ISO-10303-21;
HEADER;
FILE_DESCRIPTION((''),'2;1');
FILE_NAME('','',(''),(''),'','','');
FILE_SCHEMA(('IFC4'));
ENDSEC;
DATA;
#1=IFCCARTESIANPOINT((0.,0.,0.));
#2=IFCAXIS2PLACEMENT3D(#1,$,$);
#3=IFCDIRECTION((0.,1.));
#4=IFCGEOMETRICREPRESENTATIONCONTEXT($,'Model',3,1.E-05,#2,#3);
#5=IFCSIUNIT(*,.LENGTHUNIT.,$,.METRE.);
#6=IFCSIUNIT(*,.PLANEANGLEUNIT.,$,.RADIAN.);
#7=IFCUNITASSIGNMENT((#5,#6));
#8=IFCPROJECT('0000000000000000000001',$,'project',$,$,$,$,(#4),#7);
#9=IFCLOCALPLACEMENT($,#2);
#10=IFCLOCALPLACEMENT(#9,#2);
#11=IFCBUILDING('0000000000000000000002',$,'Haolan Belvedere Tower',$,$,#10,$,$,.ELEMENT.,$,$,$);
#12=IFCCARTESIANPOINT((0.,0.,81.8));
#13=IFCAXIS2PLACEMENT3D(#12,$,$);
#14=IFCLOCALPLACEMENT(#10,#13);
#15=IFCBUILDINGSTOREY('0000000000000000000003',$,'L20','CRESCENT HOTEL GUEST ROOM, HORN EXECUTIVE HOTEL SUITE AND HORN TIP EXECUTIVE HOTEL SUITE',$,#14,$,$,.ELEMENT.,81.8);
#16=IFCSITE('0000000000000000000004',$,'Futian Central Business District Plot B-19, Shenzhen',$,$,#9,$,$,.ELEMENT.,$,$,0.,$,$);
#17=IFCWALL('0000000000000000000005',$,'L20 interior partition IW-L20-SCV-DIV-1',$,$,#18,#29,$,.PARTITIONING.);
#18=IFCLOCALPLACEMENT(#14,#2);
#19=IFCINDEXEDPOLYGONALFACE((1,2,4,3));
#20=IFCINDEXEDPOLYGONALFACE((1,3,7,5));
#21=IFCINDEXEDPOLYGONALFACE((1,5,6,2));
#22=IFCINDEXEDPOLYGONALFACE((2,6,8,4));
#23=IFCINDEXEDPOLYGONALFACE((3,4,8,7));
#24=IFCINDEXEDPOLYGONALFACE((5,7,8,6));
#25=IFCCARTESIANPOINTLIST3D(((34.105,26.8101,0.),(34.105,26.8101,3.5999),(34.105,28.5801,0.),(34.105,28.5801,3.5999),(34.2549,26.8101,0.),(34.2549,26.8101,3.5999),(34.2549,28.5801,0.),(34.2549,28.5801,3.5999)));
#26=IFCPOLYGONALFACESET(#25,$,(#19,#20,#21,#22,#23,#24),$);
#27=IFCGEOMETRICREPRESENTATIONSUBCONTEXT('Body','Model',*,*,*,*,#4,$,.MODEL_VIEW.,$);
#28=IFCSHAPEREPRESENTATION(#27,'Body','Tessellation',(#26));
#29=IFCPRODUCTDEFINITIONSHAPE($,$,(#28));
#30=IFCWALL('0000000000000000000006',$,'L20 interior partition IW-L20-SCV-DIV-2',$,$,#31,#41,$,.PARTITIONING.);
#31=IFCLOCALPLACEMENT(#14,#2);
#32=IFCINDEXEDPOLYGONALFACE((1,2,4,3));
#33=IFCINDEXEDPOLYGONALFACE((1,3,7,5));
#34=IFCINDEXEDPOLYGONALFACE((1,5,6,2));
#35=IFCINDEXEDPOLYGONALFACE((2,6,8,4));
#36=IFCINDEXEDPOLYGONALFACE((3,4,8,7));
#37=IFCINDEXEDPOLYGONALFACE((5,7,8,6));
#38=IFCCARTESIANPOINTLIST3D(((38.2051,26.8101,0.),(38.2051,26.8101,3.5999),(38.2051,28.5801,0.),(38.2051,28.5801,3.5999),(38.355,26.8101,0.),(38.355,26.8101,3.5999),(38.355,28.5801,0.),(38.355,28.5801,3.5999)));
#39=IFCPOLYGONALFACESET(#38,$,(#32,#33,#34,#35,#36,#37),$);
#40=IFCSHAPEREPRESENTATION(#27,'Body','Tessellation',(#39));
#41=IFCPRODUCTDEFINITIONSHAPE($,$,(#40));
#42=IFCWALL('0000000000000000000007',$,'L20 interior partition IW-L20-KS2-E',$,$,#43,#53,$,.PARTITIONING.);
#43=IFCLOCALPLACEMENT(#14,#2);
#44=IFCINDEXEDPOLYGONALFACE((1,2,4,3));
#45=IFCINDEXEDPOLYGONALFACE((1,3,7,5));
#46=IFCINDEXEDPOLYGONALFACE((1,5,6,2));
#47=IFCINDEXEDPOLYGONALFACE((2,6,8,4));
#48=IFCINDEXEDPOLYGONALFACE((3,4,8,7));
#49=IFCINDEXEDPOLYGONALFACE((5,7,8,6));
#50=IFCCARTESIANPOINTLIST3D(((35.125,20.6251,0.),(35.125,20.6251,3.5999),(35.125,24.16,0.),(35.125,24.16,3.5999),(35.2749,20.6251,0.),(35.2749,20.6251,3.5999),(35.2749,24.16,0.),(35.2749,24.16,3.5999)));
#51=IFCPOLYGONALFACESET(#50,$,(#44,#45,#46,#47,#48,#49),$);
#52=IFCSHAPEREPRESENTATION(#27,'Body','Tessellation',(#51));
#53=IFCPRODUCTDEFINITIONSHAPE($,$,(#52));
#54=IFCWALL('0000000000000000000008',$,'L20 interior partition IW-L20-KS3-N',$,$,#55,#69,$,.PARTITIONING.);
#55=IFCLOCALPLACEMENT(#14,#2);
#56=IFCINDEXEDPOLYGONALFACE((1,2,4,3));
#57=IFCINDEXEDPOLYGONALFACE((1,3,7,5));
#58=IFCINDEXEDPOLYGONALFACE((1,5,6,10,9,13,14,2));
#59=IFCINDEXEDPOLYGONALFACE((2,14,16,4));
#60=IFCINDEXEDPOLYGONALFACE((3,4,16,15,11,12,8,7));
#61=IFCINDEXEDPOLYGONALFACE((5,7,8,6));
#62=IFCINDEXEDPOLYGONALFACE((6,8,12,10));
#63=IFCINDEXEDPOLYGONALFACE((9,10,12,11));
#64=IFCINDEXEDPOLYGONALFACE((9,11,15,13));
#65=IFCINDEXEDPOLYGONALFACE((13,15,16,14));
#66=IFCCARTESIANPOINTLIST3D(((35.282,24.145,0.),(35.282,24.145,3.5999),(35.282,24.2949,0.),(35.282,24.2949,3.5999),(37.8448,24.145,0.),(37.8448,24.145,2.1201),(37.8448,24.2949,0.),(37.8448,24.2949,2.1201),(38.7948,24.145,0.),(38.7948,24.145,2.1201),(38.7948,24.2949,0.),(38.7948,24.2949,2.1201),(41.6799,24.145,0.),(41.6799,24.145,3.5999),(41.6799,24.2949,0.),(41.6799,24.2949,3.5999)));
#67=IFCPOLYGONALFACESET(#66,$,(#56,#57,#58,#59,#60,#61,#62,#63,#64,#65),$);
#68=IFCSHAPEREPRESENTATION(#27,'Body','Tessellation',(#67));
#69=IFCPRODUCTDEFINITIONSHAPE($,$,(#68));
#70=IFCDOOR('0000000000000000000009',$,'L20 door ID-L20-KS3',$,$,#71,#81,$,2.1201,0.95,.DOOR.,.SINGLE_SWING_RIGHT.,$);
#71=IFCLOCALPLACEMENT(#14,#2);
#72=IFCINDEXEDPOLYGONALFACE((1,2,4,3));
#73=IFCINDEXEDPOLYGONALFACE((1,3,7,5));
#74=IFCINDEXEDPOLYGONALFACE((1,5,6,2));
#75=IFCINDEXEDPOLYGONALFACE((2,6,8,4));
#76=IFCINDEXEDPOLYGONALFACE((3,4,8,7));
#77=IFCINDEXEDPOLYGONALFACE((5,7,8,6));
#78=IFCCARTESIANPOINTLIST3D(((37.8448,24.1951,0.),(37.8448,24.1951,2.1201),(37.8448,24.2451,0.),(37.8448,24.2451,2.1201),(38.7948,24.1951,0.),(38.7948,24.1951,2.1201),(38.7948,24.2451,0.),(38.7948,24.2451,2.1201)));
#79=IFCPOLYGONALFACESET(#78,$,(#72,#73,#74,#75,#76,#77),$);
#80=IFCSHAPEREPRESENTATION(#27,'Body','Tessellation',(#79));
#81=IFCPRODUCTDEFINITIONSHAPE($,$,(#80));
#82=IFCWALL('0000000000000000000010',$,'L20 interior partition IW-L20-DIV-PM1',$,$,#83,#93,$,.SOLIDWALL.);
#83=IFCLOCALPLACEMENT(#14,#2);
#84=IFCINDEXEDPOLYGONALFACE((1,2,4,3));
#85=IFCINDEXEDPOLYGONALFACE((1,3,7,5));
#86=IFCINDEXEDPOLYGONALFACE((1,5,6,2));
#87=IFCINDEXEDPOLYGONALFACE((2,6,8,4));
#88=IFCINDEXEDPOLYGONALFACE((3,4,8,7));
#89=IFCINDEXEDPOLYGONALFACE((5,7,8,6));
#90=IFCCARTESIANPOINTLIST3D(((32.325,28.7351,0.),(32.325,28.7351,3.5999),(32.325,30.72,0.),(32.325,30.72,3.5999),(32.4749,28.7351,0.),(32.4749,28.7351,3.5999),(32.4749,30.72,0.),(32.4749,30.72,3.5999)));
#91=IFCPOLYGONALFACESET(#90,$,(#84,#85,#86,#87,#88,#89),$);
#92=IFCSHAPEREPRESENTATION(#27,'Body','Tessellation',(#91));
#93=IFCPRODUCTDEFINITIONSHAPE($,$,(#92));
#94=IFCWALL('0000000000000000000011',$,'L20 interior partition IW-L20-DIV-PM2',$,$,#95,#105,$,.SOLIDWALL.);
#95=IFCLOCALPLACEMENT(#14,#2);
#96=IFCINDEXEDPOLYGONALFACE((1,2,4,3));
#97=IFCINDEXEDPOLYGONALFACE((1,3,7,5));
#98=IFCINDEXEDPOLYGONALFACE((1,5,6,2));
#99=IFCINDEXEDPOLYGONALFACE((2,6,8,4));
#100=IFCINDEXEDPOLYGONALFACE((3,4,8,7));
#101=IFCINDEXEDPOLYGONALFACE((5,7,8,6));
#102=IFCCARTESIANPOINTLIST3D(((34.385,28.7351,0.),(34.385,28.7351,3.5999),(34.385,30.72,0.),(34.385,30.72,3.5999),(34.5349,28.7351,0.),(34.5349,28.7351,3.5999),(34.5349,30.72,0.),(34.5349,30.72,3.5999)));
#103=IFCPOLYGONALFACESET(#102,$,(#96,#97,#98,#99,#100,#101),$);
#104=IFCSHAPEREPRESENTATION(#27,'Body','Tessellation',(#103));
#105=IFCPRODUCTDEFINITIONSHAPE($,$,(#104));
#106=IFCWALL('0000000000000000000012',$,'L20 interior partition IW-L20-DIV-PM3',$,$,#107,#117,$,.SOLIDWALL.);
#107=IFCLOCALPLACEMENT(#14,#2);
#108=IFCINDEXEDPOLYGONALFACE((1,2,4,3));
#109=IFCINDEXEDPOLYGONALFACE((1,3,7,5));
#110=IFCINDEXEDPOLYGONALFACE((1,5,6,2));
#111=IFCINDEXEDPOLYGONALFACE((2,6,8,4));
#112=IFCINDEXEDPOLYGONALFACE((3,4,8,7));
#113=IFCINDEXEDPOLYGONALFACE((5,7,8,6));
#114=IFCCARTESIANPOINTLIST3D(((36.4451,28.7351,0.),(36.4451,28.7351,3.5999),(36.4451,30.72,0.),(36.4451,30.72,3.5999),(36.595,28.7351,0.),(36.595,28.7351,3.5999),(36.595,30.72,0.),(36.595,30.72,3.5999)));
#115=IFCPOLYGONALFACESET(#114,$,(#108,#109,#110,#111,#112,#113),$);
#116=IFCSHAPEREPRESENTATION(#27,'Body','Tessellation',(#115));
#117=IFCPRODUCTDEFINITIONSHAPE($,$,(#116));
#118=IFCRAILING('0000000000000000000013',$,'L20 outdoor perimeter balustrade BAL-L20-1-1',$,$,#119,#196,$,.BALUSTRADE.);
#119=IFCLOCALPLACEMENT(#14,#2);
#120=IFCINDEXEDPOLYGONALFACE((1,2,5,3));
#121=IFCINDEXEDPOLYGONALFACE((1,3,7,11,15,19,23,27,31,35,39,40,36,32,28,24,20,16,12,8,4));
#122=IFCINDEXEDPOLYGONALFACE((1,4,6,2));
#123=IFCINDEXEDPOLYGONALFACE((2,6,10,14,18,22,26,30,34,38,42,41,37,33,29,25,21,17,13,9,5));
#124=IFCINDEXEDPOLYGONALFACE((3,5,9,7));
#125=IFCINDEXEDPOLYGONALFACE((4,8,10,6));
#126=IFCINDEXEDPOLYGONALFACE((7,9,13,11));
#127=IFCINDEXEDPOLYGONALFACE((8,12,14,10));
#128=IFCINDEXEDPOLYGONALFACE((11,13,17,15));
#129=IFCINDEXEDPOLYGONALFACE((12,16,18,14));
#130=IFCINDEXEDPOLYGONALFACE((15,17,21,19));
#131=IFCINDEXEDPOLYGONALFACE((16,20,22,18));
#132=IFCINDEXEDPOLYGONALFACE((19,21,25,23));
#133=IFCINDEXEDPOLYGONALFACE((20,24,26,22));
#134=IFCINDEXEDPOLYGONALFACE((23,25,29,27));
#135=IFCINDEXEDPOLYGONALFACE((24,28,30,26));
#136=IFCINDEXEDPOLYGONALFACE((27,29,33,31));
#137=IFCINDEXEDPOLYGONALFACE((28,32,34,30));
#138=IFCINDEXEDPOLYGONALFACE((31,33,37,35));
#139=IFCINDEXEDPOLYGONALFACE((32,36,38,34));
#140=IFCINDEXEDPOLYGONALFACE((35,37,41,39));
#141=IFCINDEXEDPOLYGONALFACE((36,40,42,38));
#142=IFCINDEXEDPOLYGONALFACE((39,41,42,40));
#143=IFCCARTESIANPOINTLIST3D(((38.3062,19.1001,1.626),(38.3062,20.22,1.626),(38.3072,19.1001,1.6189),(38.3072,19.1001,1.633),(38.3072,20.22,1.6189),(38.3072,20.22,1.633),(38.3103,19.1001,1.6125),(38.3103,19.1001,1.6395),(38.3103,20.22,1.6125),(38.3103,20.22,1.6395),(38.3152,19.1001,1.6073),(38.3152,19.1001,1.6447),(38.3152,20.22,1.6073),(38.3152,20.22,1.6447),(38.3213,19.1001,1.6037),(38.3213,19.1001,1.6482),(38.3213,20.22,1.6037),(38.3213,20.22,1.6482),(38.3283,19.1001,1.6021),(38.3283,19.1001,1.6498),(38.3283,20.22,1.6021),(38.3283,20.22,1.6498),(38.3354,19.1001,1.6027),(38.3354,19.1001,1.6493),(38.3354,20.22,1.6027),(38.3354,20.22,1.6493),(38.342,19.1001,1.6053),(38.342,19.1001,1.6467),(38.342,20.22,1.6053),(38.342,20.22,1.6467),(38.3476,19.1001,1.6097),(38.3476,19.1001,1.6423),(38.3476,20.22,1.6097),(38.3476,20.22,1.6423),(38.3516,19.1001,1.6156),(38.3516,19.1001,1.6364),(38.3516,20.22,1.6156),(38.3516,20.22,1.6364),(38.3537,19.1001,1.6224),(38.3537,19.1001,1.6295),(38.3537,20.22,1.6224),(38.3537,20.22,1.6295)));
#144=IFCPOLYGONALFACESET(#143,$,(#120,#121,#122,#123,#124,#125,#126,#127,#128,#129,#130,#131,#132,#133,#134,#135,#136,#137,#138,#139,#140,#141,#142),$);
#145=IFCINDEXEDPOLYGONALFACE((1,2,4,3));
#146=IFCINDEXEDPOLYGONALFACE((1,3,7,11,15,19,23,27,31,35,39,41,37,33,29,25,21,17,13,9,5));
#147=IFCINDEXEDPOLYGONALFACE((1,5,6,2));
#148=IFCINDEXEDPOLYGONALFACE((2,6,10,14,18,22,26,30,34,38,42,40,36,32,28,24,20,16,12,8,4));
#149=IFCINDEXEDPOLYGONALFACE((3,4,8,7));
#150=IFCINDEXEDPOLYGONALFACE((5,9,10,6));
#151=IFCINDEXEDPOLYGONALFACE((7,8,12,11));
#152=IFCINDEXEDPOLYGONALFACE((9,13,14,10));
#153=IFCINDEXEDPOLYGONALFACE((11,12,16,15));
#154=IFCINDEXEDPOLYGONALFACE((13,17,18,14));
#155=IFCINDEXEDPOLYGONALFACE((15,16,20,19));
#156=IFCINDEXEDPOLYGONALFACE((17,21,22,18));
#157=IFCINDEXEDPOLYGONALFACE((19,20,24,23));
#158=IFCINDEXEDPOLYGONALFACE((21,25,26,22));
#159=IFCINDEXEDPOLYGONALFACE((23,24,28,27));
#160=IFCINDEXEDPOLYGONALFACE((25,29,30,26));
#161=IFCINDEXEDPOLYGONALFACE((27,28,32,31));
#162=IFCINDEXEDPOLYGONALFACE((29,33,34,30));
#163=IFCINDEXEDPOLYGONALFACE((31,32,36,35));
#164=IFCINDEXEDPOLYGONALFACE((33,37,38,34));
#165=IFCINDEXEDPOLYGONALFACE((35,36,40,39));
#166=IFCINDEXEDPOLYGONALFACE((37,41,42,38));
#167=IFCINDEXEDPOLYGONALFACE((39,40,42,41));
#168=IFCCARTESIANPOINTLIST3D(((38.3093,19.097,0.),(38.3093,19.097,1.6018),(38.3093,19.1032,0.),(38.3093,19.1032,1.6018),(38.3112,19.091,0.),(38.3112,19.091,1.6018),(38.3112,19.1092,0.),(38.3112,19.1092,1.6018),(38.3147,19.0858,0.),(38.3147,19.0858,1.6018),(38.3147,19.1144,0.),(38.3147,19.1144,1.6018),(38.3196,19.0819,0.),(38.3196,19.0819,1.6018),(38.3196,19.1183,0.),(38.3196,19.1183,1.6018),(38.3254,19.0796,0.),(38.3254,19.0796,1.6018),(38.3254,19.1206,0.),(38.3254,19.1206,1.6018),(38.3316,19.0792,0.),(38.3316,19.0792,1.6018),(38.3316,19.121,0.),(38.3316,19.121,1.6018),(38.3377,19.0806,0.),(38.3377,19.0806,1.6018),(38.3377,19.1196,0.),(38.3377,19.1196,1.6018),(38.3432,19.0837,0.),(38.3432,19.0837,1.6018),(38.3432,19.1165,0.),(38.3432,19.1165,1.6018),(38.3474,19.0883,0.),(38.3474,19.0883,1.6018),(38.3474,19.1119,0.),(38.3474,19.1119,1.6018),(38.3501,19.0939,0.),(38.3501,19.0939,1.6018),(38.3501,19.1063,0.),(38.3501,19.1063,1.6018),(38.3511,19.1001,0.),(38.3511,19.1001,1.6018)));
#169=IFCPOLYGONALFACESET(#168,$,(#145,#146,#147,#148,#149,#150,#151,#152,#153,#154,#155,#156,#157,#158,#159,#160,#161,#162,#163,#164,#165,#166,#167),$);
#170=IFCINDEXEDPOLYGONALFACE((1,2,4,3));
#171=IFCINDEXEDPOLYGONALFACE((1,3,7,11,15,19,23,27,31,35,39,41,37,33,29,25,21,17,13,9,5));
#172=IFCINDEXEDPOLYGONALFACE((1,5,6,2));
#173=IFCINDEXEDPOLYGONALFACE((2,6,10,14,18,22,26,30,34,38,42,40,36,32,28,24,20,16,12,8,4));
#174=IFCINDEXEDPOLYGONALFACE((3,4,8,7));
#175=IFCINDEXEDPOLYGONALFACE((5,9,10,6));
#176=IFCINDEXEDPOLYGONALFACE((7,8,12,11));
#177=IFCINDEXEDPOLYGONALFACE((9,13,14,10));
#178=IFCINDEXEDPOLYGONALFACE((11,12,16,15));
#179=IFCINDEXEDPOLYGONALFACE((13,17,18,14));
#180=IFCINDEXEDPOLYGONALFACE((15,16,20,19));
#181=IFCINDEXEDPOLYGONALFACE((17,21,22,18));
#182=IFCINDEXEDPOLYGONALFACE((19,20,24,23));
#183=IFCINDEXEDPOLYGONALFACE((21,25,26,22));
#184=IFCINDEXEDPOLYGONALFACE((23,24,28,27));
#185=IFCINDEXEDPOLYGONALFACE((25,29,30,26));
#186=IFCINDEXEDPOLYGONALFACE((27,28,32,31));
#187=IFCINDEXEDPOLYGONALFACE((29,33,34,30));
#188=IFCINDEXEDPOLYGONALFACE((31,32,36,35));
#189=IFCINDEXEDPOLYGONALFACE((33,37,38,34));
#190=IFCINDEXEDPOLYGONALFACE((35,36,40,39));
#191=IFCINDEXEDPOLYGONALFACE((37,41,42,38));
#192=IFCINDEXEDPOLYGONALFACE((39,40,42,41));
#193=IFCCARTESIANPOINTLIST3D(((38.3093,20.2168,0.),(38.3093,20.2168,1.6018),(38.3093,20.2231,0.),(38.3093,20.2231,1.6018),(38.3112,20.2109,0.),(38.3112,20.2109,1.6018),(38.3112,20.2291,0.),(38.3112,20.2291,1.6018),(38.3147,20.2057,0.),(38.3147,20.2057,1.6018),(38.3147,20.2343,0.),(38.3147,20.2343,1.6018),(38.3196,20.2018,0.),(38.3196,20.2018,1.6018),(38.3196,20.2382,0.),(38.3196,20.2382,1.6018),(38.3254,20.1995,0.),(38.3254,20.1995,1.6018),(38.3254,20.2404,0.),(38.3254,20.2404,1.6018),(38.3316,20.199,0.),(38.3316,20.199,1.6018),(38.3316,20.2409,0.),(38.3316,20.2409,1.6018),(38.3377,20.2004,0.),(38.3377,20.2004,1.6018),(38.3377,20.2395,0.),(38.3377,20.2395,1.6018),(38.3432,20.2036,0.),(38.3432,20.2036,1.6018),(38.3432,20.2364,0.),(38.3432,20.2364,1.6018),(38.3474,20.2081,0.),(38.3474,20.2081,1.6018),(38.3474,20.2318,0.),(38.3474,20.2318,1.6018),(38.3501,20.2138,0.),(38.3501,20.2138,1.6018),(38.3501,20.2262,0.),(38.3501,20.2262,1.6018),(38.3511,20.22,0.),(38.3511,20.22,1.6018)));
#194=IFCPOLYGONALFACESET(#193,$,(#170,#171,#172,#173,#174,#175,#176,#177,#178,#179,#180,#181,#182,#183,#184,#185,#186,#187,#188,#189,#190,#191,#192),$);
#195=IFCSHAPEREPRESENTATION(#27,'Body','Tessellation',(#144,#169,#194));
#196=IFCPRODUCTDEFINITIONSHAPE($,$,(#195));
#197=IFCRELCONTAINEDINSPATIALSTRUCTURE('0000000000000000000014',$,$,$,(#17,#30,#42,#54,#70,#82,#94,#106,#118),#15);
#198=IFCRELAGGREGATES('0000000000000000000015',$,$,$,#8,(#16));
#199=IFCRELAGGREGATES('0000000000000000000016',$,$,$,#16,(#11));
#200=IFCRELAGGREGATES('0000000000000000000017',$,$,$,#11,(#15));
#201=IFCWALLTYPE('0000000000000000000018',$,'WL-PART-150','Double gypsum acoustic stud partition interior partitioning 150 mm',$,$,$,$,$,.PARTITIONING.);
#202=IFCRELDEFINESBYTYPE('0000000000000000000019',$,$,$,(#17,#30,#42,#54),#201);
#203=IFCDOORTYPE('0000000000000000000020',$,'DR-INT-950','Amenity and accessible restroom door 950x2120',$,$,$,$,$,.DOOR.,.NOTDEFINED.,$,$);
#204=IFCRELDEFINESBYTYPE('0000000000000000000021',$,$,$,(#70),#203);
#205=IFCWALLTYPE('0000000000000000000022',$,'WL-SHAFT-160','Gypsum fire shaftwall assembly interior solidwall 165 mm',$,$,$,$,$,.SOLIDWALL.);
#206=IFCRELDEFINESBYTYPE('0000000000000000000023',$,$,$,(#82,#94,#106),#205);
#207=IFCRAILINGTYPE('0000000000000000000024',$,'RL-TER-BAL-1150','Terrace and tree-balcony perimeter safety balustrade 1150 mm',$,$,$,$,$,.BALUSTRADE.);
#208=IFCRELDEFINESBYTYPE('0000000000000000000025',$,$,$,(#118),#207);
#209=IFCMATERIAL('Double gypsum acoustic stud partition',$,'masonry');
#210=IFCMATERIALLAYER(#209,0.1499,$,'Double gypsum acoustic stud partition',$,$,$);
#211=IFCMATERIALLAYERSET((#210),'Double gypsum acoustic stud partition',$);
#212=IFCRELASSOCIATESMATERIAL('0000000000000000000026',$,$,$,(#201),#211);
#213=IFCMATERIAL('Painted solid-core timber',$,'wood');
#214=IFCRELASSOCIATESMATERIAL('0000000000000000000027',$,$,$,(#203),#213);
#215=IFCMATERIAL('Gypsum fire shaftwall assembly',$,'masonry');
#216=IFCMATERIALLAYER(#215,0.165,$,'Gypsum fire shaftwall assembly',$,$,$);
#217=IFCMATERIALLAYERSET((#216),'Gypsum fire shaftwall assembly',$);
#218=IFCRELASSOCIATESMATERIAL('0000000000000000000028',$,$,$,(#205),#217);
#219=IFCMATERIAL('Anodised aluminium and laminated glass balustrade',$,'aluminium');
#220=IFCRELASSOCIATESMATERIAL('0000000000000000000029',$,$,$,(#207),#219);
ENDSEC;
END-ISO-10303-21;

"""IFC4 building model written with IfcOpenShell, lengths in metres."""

from ifc_helpers import new_model, si_unit, direction, frame, frame_2d, origin, origin_2d, place, context, subcontext, project, spatial, rectangle, circle, extrude, material, layer, layer_set, type_object, element, fill, save


model = new_model("IFC4")

# Units and contexts
model_context = context("Model", 3, precision=1e-05, world=origin(), true_north=direction((0.0, 1.0)))
body_context = subcontext(model_context, "Body", "Model", "MODEL_VIEW")
ifc_project = project(units=[si_unit("LENGTHUNIT", "METRE"), si_unit("PLANEANGLEUNIT", "RADIAN")], contexts=[model_context])

# Site, building, storey
site_placement = place(None, origin())
site = spatial("IfcSite", under=ifc_project, at=site_placement, Name="Futian Central Business District Plot B-19, Shenzhen", CompositionType="ELEMENT", RefElevation=0.0)
building_placement = place(site_placement, origin())
building = spatial("IfcBuilding", under=site, at=building_placement, Name="Haolan Belvedere Tower", CompositionType="ELEMENT")
storey_placement = place(building_placement, frame((0.0, 0.0, 81.8)))
storey = spatial("IfcBuildingStorey", under=building, at=storey_placement, Name="L20", Description="CRESCENT HOTEL GUEST ROOM, HORN EXECUTIVE HOTEL SUITE AND HORN TIP EXECUTIVE HOTEL SUITE", CompositionType="ELEMENT", Elevation=81.8)

# Walls
ifc_material_1 = material(Name="Double gypsum acoustic stud partition", Category="masonry")
ifc_layer_1 = layer(ifc_material_1, 0.1499, Name="Double gypsum acoustic stud partition")
ifc_layer_set_1 = layer_set([ifc_layer_1], Name="Double gypsum acoustic stud partition")
wall_type_1 = type_object("IfcWallType", Name="WL-PART-150", Description="Double gypsum acoustic stud partition interior partitioning 150 mm", PredefinedType="PARTITIONING", material=ifc_layer_set_1)
for number, where, z_axis, x_axis, name in (
    (1, (34.1799, 26.8101, 0.0), (0.0, 0.0, 1.0), (0.0, 1.0, 0.0), "L20 interior partition IW-L20-SCV-DIV-1"),
    (2, (38.28, 26.8101, 0.0), (0.0, 0.0, 1.0), (0.0, 1.0, 0.0), "L20 interior partition IW-L20-SCV-DIV-2"),
):
    element("IfcWall", number, at=place(storey_placement, frame(where, z_axis=z_axis, x_axis=x_axis)), inside=storey, type_object=wall_type_1, Name=name, PredefinedType="PARTITIONING", context=body_context, shape_type="SweptSolid", body=[
        extrude(rectangle(XDim=1.77, YDim=0.1499, at=frame_2d((0.885, 0.0))), origin(), (0.0, 0.0, 1.0), 3.5999),
    ])
wall_1_placement = place(storey_placement, frame((35.2, 20.625, 0.0), z_axis=(0.0, 0.0, 1.0), x_axis=(0.0, 1.0, 0.0)))
element("IfcWall", 3, at=wall_1_placement, inside=storey, type_object=wall_type_1, Name="L20 interior partition IW-L20-KS2-E", PredefinedType="PARTITIONING", context=body_context, shape_type="SweptSolid", body=[
    extrude(rectangle(XDim=3.5349, YDim=0.1499, at=frame_2d((1.7676, 0.0))), origin(), (0.0, 0.0, 1.0), 3.5999),
])

# Wall, opening, door
wall_2_placement = place(storey_placement, frame((35.282, 24.22, 0.0), z_axis=(0.0, 0.0, 1.0), x_axis=(1.0, 0.0, 0.0)))
wall_2 = element("IfcWall", 4, at=wall_2_placement, inside=storey, type_object=wall_type_1, Name="L20 interior partition IW-L20-KS3-N", PredefinedType="PARTITIONING", context=body_context, shape_type="SweptSolid", body=[
    extrude(rectangle(XDim=6.3979, YDim=0.1499, at=frame_2d((3.199, 0.0))), origin(), (0.0, 0.0, 1.0), 3.5999),
])
opening_placement = place(wall_2_placement, frame((3.5129, 0.0, 0.0), z_axis=(0.0, 0.0, 1.0), x_axis=(-1.0, 0.0, 0.0)))
opening = element("IfcOpeningElement", 5, at=opening_placement, cuts=wall_2, PredefinedType="OPENING", context=body_context, shape_type="SweptSolid", body=[
    extrude(rectangle(XDim=0.95, YDim=2.1201, at=frame_2d((0.4751, 1.0601))), frame((0.0, 0.085, 0.0), z_axis=(0.0, -1.0, 0.0), x_axis=(1.0, 0.0, 0.0)), (0.0, 0.0, 1.0), 0.1699),
])
ifc_material_2 = material(Name="Painted solid-core timber", Category="wood")
door_type = type_object("IfcDoorType", Name="DR-INT-950", Description="Amenity and accessible restroom door 950x2120", OperationType="NOTDEFINED", PredefinedType="DOOR", material=ifc_material_2)
door_placement = place(opening_placement, origin())
door = element("IfcDoor", 6, at=door_placement, inside=storey, type_object=door_type, Name="L20 door ID-L20-KS3", OperationType="SINGLE_SWING_RIGHT", OverallHeight=2.1201, OverallWidth=0.95, PredefinedType="DOOR", context=body_context, shape_type="SweptSolid", body=[
    extrude(rectangle(XDim=0.95, YDim=2.1201, at=frame_2d((0.4751, 1.0601))), frame((0.0, 0.0249, 0.0), z_axis=(0.0, -1.0, 0.0), x_axis=(1.0, 0.0, 0.0)), (0.0, 0.0, 1.0), 0.05),
])
fill(opening, door)

# Walls
ifc_material_3 = material(Name="Gypsum fire shaftwall assembly", Category="masonry")
ifc_layer_2 = layer(ifc_material_3, 0.165, Name="Gypsum fire shaftwall assembly")
ifc_layer_set_2 = layer_set([ifc_layer_2], Name="Gypsum fire shaftwall assembly")
wall_type_2 = type_object("IfcWallType", Name="WL-SHAFT-160", Description="Gypsum fire shaftwall assembly interior solidwall 165 mm", PredefinedType="SOLIDWALL", material=ifc_layer_set_2)
for number, where, z_axis, x_axis, name in (
    (7, (32.3999, 28.7351, 0.0), (0.0, 0.0, 1.0), (0.0, 1.0, 0.0), "L20 interior partition IW-L20-DIV-PM1"),
    (8, (34.46, 28.7351, 0.0), (0.0, 0.0, 1.0), (0.0, 1.0, 0.0), "L20 interior partition IW-L20-DIV-PM2"),
    (9, (36.52, 28.7351, 0.0), (0.0, 0.0, 1.0), (0.0, 1.0, 0.0), "L20 interior partition IW-L20-DIV-PM3"),
):
    element("IfcWall", number, at=place(storey_placement, frame(where, z_axis=z_axis, x_axis=x_axis)), inside=storey, type_object=wall_type_2, Name=name, PredefinedType="SOLIDWALL", context=body_context, shape_type="SweptSolid", body=[
        extrude(rectangle(XDim=1.9849, YDim=0.1499, at=frame_2d((0.9924, 0.0))), origin(), (0.0, 0.0, 1.0), 3.5999),
    ])

# Railing
ifc_material_4 = material(Name="Anodised aluminium and laminated glass balustrade", Category="aluminium")
railing_type = type_object("IfcRailingType", Name="RL-TER-BAL-1150", Description="Terrace and tree-balcony perimeter safety balustrade 1150 mm", PredefinedType="BALUSTRADE", material=ifc_material_4)
railing_placement = place(storey_placement, frame((38.3301, 19.1001, 0.0)))
element("IfcRailing", 10, at=railing_placement, inside=storey, type_object=railing_type, Name="L20 outdoor perimeter balustrade BAL-L20-1-1", PredefinedType="BALUSTRADE", context=body_context, shape_type="SweptSolid", body=[
    extrude(circle(Radius=0.0239, at=origin_2d()), frame((0.0, 0.0, 1.626), z_axis=(0.0, 1.0, 0.0), x_axis=(-1.0, 0.0, 0.0)), (0.0, 0.0, 1.0), 1.1199),
    extrude(circle(Radius=0.021, at=origin_2d()), origin(), (0.0, 0.0, 1.0), 1.6018),
    extrude(circle(Radius=0.021, at=origin_2d()), frame((0.0, 1.1199, 0.0)), (0.0, 0.0, 1.0), 1.6018),
])

save(model, "model.ifc")
